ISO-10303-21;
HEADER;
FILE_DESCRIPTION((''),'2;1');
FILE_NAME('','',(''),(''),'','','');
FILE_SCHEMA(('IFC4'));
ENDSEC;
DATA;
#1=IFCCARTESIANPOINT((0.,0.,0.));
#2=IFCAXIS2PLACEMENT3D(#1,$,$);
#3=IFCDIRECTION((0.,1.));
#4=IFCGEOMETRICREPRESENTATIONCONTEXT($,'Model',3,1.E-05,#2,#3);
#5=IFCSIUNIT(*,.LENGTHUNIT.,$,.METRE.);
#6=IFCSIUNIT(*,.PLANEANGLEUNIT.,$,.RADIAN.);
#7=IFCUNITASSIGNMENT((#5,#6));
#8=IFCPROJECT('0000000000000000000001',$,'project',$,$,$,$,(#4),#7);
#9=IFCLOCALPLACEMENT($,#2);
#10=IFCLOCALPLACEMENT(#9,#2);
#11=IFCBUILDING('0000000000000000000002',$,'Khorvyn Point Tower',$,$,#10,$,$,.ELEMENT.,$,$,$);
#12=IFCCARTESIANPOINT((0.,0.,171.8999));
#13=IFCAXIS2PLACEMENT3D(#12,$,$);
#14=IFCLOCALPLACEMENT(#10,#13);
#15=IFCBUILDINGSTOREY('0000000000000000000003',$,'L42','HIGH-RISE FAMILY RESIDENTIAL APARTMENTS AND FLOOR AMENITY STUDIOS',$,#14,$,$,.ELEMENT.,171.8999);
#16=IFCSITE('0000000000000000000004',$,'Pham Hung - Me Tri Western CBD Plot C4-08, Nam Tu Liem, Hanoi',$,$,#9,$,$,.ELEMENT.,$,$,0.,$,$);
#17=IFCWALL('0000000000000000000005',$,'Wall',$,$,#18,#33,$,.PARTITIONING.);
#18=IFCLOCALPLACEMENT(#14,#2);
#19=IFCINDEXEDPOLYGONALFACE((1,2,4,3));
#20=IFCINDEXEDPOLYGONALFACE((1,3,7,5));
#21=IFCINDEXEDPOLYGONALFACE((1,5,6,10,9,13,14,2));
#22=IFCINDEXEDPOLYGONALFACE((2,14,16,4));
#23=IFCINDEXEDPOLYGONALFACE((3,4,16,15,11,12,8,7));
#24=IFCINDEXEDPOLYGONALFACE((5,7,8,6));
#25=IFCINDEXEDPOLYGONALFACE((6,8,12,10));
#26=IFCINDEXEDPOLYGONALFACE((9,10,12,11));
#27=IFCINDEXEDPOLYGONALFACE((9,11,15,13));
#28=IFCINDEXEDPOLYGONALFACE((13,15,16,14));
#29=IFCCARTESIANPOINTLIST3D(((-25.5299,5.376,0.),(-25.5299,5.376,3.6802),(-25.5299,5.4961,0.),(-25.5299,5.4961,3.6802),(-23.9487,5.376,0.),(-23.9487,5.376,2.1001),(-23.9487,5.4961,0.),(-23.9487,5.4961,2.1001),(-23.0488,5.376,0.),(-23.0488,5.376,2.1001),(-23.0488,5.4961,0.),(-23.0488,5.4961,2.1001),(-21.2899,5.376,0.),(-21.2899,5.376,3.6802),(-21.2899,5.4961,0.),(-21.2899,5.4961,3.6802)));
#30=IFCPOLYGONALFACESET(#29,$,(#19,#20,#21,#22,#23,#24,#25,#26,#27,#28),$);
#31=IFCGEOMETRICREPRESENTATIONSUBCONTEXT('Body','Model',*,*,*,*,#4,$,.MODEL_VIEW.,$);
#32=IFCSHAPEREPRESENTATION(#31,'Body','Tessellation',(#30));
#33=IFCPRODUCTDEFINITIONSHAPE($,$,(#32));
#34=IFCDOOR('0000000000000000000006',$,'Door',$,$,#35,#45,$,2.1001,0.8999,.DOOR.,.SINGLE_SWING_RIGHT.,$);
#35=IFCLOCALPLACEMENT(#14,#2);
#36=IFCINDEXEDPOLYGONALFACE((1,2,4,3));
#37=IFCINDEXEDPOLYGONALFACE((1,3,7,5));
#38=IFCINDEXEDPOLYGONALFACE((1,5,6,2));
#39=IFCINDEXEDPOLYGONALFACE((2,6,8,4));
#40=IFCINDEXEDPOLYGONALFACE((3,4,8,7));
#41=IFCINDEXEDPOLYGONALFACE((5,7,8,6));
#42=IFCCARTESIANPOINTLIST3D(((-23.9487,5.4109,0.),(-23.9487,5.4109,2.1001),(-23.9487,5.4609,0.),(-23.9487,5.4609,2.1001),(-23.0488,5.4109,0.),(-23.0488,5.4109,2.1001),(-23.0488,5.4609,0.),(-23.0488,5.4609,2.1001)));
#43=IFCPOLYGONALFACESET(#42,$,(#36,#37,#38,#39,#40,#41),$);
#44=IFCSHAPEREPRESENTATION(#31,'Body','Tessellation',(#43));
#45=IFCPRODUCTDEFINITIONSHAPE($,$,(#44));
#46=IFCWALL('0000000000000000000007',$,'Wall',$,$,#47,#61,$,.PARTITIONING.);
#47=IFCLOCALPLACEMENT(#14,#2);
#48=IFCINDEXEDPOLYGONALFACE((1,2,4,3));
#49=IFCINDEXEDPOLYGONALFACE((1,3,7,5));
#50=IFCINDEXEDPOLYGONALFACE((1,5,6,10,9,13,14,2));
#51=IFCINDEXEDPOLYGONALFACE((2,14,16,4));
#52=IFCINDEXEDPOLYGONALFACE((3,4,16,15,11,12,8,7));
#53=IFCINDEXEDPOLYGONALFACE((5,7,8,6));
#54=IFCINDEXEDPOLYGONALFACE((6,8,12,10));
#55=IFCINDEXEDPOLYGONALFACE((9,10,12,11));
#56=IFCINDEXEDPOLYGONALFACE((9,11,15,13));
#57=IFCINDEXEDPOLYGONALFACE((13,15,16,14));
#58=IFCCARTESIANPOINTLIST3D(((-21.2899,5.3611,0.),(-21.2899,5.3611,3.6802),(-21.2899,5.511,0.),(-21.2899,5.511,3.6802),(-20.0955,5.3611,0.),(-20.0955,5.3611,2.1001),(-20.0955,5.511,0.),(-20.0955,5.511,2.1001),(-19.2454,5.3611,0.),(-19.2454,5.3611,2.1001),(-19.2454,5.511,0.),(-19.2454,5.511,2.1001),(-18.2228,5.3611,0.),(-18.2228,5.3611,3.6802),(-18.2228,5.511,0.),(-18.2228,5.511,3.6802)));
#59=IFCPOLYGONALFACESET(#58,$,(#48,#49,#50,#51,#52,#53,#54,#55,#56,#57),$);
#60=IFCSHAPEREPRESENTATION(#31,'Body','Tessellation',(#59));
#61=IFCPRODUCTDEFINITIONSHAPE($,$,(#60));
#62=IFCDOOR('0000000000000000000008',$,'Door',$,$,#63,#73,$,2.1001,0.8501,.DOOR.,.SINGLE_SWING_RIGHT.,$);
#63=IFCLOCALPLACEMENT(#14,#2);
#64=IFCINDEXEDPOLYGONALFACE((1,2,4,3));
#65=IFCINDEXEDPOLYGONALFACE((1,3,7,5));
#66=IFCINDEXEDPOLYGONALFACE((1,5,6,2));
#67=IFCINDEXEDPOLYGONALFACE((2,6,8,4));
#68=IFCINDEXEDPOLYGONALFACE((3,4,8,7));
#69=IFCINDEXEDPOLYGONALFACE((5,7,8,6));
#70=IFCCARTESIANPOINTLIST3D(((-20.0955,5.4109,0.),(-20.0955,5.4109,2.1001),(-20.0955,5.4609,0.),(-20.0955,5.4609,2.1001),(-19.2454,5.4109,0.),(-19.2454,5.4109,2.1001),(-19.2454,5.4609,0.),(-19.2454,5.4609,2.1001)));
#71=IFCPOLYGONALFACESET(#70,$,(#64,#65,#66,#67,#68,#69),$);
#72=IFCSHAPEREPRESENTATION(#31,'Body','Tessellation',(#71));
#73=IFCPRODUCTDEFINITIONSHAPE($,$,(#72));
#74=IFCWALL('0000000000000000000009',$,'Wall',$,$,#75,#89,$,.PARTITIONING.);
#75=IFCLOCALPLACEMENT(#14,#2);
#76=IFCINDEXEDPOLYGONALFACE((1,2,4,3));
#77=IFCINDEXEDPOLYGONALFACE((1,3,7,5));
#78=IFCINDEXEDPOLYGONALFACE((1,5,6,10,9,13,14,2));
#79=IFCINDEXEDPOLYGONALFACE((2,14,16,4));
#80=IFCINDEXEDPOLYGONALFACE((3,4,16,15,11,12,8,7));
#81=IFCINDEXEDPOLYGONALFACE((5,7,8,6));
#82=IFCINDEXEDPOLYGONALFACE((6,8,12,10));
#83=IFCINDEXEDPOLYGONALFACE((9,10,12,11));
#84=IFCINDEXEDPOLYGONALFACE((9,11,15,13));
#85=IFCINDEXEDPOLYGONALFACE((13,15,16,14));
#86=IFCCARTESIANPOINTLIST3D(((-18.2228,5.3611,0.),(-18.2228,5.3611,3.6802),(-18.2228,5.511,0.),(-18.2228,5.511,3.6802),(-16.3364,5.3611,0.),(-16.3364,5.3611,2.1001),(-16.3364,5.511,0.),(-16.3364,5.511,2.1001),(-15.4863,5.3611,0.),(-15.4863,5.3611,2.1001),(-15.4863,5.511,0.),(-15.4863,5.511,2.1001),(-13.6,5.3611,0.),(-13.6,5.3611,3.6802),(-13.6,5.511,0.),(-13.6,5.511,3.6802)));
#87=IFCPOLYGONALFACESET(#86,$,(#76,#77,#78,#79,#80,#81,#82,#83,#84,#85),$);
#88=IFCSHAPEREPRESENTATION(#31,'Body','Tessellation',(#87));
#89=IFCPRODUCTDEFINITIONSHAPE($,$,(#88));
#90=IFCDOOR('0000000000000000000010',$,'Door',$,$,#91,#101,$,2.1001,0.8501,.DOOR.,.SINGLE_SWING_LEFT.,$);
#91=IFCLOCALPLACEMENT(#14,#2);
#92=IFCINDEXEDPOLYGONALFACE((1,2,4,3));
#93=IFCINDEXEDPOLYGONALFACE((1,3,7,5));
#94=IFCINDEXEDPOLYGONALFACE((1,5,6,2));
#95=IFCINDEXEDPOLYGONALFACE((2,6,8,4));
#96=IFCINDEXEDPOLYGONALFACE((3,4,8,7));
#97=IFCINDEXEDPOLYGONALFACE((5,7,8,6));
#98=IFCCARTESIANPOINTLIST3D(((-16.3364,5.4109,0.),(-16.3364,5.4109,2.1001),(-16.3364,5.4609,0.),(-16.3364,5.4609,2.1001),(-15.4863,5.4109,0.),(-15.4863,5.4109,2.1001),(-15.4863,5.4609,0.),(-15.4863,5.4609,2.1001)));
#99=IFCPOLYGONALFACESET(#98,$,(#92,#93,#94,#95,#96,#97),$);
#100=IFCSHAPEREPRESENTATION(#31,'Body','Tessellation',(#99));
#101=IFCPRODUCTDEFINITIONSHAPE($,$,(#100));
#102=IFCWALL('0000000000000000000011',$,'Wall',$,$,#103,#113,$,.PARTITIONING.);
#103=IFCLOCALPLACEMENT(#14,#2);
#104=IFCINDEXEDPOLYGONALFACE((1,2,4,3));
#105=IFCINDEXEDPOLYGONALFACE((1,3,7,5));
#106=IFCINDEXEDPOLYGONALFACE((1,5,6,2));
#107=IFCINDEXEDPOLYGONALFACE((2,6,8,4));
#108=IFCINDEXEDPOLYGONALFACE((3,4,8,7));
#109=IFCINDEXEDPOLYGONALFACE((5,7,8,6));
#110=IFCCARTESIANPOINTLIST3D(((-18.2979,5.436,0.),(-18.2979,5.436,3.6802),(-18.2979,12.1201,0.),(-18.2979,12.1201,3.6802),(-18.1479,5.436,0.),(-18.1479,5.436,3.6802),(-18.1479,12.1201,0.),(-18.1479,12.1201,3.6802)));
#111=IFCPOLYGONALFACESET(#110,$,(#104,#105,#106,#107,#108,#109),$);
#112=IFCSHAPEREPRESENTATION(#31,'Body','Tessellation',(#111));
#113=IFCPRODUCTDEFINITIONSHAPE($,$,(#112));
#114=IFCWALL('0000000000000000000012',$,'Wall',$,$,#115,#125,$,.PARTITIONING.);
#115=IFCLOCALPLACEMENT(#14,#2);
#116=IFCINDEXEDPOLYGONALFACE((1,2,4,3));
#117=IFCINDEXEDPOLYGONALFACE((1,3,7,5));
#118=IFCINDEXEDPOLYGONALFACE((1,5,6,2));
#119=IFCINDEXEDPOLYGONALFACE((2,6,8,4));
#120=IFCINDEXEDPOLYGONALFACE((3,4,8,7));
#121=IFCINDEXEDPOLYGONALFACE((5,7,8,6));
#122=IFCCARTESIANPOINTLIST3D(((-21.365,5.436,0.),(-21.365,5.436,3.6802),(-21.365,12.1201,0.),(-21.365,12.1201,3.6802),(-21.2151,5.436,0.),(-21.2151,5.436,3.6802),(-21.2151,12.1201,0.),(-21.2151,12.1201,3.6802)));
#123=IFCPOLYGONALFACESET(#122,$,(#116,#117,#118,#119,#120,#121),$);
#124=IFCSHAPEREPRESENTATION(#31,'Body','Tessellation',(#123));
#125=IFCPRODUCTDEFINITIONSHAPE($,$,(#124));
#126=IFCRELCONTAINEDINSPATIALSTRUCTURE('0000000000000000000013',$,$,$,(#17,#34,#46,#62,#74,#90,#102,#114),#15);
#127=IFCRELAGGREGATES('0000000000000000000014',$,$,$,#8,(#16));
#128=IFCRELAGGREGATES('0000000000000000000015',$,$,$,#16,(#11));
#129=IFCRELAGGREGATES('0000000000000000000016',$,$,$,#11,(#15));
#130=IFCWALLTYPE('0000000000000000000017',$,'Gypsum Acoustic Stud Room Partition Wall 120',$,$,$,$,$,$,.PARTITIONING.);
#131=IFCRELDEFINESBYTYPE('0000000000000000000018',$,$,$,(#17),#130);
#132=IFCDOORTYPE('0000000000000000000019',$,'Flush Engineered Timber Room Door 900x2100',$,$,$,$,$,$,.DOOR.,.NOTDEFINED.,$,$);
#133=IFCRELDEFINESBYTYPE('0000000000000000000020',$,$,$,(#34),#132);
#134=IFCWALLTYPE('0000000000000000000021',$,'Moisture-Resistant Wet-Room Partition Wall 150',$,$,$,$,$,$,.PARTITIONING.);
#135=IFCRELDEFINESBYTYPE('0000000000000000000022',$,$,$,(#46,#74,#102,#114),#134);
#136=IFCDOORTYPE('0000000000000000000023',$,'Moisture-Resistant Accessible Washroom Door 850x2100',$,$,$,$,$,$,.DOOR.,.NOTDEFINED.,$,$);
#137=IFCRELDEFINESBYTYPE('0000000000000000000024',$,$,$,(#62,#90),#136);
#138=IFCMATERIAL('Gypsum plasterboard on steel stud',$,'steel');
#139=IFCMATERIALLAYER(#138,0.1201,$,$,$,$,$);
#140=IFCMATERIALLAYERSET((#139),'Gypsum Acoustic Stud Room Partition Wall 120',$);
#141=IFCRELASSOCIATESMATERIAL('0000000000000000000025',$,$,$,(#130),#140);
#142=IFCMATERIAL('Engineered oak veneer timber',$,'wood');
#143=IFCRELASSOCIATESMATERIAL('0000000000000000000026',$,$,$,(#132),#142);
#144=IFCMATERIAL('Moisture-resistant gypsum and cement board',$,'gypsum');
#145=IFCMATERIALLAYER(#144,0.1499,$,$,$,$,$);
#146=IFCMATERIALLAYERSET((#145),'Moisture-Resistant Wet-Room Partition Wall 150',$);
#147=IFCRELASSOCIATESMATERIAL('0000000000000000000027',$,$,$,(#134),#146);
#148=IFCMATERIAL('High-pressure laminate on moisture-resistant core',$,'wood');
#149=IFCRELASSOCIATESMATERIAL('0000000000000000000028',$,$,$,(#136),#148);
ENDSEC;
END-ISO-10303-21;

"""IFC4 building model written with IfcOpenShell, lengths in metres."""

from ifc_helpers import new_model, si_unit, direction, frame, frame_2d, origin, place, context, subcontext, project, spatial, rectangle, extrude, material, layer, layer_set, type_object, element, fill, save


model = new_model("IFC4")

# Units and contexts
model_context = context("Model", 3, precision=1e-05, world=origin(), true_north=direction((0.0, 1.0)))
body_context = subcontext(model_context, "Body", "Model", "MODEL_VIEW")
ifc_project = project(units=[si_unit("LENGTHUNIT", "METRE"), si_unit("PLANEANGLEUNIT", "RADIAN")], contexts=[model_context])

# Site, building, storey
site_placement = place(None, origin())
site = spatial("IfcSite", under=ifc_project, at=site_placement, Name="Pham Hung - Me Tri Western CBD Plot C4-08, Nam Tu Liem, Hanoi", CompositionType="ELEMENT", RefElevation=0.0)
building_placement = place(site_placement, origin())
building = spatial("IfcBuilding", under=site, at=building_placement, Name="Khorvyn Point Tower", CompositionType="ELEMENT")
storey_placement = place(building_placement, frame((0.0, 0.0, 171.8999)))
storey = spatial("IfcBuildingStorey", under=building, at=storey_placement, Name="L42", Description="HIGH-RISE FAMILY RESIDENTIAL APARTMENTS AND FLOOR AMENITY STUDIOS", CompositionType="ELEMENT", Elevation=171.8999)

# Walls, openings, doors
ifc_material_1 = material(Name="Gypsum plasterboard on steel stud", Category="steel")
ifc_layer_1 = layer(ifc_material_1, 0.1201)
ifc_layer_set_1 = layer_set([ifc_layer_1], Name="Gypsum Acoustic Stud Room Partition Wall 120")
wall_type_1 = type_object("IfcWallType", Name="Gypsum Acoustic Stud Room Partition Wall 120", PredefinedType="PARTITIONING", material=ifc_layer_set_1)
wall_1_placement = place(storey_placement, frame((-25.53, 5.436, 0.0), z_axis=(0.0, 0.0, 1.0), x_axis=(1.0, 0.0, 0.0)))
wall_1 = element("IfcWall", 1, at=wall_1_placement, inside=storey, type_object=wall_type_1, Name="Wall", PredefinedType="PARTITIONING", context=body_context, shape_type="SweptSolid", body=[
    extrude(rectangle(XDim=4.24, YDim=0.1201, at=frame_2d((2.1201, 0.0))), origin(), (0.0, 0.0, 1.0), 3.6802),
])
opening_1_placement = place(wall_1_placement, frame((1.5813, 0.0, 0.0)))
opening_1 = element("IfcOpeningElement", 2, at=opening_1_placement, cuts=wall_1, PredefinedType="OPENING", context=body_context, shape_type="SweptSolid", body=[
    extrude(rectangle(XDim=0.8999, YDim=2.1001, at=frame_2d((0.45, 1.05))), frame((0.0, 0.0701, 0.0), z_axis=(0.0, -1.0, 0.0), x_axis=(1.0, 0.0, 0.0)), (0.0, 0.0, 1.0), 0.1401),
])
ifc_material_2 = material(Name="Engineered oak veneer timber", Category="wood")
door_type_1 = type_object("IfcDoorType", Name="Flush Engineered Timber Room Door 900x2100", OperationType="NOTDEFINED", PredefinedType="DOOR", material=ifc_material_2)
door_1_placement = place(opening_1_placement, origin())
door_1 = element("IfcDoor", 3, at=door_1_placement, inside=storey, type_object=door_type_1, Name="Door", OperationType="SINGLE_SWING_RIGHT", OverallHeight=2.1001, OverallWidth=0.8999, PredefinedType="DOOR", context=body_context, shape_type="SweptSolid", body=[
    extrude(rectangle(XDim=0.8999, YDim=2.1001, at=frame_2d((0.45, 1.05))), frame((0.0, 0.0249, 0.0), z_axis=(0.0, -1.0, 0.0), x_axis=(1.0, 0.0, 0.0)), (0.0, 0.0, 1.0), 0.05),
])
fill(opening_1, door_1)
ifc_material_3 = material(Name="Moisture-resistant gypsum and cement board", Category="gypsum")
ifc_layer_2 = layer(ifc_material_3, 0.1499)
ifc_layer_set_2 = layer_set([ifc_layer_2], Name="Moisture-Resistant Wet-Room Partition Wall 150")
wall_type_2 = type_object("IfcWallType", Name="Moisture-Resistant Wet-Room Partition Wall 150", PredefinedType="PARTITIONING", material=ifc_layer_set_2)
wall_2_placement = place(storey_placement, frame((-21.29, 5.436, 0.0), z_axis=(0.0, 0.0, 1.0), x_axis=(1.0, 0.0, 0.0)))
wall_2 = element("IfcWall", 4, at=wall_2_placement, inside=storey, type_object=wall_type_2, Name="Wall", PredefinedType="PARTITIONING", context=body_context, shape_type="SweptSolid", body=[
    extrude(rectangle(XDim=3.0671, YDim=0.1499, at=frame_2d((1.5337, 0.0))), origin(), (0.0, 0.0, 1.0), 3.6802),
])
opening_2_placement = place(wall_2_placement, frame((1.1946, 0.0, 0.0)))
opening_2 = element("IfcOpeningElement", 5, at=opening_2_placement, cuts=wall_2, PredefinedType="OPENING", context=body_context, shape_type="SweptSolid", body=[
    extrude(rectangle(XDim=0.8501, YDim=2.1001, at=frame_2d((0.425, 1.05))), frame((0.0, 0.085, 0.0), z_axis=(0.0, -1.0, 0.0), x_axis=(1.0, 0.0, 0.0)), (0.0, 0.0, 1.0), 0.1699),
])
ifc_material_4 = material(Name="High-pressure laminate on moisture-resistant core", Category="wood")
door_type_2 = type_object("IfcDoorType", Name="Moisture-Resistant Accessible Washroom Door 850x2100", OperationType="NOTDEFINED", PredefinedType="DOOR", material=ifc_material_4)
door_2_placement = place(opening_2_placement, origin())
door_2 = element("IfcDoor", 6, at=door_2_placement, inside=storey, type_object=door_type_2, Name="Door", OperationType="SINGLE_SWING_RIGHT", OverallHeight=2.1001, OverallWidth=0.8501, PredefinedType="DOOR", context=body_context, shape_type="SweptSolid", body=[
    extrude(rectangle(XDim=0.8501, YDim=2.1001, at=frame_2d((0.425, 1.05))), frame((0.0, 0.0249, 0.0), z_axis=(0.0, -1.0, 0.0), x_axis=(1.0, 0.0, 0.0)), (0.0, 0.0, 1.0), 0.05),
])
fill(opening_2, door_2)
wall_3_placement = place(storey_placement, frame((-18.2229, 5.436, 0.0), z_axis=(0.0, 0.0, 1.0), x_axis=(1.0, 0.0, 0.0)))
wall_3 = element("IfcWall", 7, at=wall_3_placement, inside=storey, type_object=wall_type_2, Name="Wall", PredefinedType="PARTITIONING", context=body_context, shape_type="SweptSolid", body=[
    extrude(rectangle(XDim=4.6228, YDim=0.1499, at=frame_2d((2.3115, 0.0))), origin(), (0.0, 0.0, 1.0), 3.6802),
])
opening_3_placement = place(wall_3_placement, frame((1.8865, 0.0, 0.0)))
opening_3 = element("IfcOpeningElement", 8, at=opening_3_placement, cuts=wall_3, PredefinedType="OPENING", context=body_context, shape_type="SweptSolid", body=[
    extrude(rectangle(XDim=0.8501, YDim=2.1001, at=frame_2d((0.425, 1.05))), frame((0.0, 0.085, 0.0), z_axis=(0.0, -1.0, 0.0), x_axis=(1.0, 0.0, 0.0)), (0.0, 0.0, 1.0), 0.1699),
])
door_3_placement = place(opening_3_placement, origin())
door_3 = element("IfcDoor", 9, at=door_3_placement, inside=storey, type_object=door_type_2, Name="Door", OperationType="SINGLE_SWING_LEFT", OverallHeight=2.1001, OverallWidth=0.8501, PredefinedType="DOOR", context=body_context, shape_type="SweptSolid", body=[
    extrude(rectangle(XDim=0.8501, YDim=2.1001, at=frame_2d((0.425, 1.05))), frame((0.0, 0.0249, 0.0), z_axis=(0.0, -1.0, 0.0), x_axis=(1.0, 0.0, 0.0)), (0.0, 0.0, 1.0), 0.05),
])
fill(opening_3, door_3)

# Walls
for number, where, z_axis, x_axis, name in (
    (10, (-18.2229, 5.436, 0.0), (0.0, 0.0, 1.0), (0.0, 1.0, 0.0), "Wall"),
    (11, (-21.29, 5.436, 0.0), (0.0, 0.0, 1.0), (0.0, 1.0, 0.0), "Wall"),
):
    element("IfcWall", number, at=place(storey_placement, frame(where, z_axis=z_axis, x_axis=x_axis)), inside=storey, type_object=wall_type_2, Name=name, PredefinedType="PARTITIONING", context=body_context, shape_type="SweptSolid", body=[
        extrude(rectangle(XDim=6.6841, YDim=0.1499, at=frame_2d((3.342, 0.0))), origin(), (0.0, 0.0, 1.0), 3.6802),
    ])

save(model, "model.ifc")
